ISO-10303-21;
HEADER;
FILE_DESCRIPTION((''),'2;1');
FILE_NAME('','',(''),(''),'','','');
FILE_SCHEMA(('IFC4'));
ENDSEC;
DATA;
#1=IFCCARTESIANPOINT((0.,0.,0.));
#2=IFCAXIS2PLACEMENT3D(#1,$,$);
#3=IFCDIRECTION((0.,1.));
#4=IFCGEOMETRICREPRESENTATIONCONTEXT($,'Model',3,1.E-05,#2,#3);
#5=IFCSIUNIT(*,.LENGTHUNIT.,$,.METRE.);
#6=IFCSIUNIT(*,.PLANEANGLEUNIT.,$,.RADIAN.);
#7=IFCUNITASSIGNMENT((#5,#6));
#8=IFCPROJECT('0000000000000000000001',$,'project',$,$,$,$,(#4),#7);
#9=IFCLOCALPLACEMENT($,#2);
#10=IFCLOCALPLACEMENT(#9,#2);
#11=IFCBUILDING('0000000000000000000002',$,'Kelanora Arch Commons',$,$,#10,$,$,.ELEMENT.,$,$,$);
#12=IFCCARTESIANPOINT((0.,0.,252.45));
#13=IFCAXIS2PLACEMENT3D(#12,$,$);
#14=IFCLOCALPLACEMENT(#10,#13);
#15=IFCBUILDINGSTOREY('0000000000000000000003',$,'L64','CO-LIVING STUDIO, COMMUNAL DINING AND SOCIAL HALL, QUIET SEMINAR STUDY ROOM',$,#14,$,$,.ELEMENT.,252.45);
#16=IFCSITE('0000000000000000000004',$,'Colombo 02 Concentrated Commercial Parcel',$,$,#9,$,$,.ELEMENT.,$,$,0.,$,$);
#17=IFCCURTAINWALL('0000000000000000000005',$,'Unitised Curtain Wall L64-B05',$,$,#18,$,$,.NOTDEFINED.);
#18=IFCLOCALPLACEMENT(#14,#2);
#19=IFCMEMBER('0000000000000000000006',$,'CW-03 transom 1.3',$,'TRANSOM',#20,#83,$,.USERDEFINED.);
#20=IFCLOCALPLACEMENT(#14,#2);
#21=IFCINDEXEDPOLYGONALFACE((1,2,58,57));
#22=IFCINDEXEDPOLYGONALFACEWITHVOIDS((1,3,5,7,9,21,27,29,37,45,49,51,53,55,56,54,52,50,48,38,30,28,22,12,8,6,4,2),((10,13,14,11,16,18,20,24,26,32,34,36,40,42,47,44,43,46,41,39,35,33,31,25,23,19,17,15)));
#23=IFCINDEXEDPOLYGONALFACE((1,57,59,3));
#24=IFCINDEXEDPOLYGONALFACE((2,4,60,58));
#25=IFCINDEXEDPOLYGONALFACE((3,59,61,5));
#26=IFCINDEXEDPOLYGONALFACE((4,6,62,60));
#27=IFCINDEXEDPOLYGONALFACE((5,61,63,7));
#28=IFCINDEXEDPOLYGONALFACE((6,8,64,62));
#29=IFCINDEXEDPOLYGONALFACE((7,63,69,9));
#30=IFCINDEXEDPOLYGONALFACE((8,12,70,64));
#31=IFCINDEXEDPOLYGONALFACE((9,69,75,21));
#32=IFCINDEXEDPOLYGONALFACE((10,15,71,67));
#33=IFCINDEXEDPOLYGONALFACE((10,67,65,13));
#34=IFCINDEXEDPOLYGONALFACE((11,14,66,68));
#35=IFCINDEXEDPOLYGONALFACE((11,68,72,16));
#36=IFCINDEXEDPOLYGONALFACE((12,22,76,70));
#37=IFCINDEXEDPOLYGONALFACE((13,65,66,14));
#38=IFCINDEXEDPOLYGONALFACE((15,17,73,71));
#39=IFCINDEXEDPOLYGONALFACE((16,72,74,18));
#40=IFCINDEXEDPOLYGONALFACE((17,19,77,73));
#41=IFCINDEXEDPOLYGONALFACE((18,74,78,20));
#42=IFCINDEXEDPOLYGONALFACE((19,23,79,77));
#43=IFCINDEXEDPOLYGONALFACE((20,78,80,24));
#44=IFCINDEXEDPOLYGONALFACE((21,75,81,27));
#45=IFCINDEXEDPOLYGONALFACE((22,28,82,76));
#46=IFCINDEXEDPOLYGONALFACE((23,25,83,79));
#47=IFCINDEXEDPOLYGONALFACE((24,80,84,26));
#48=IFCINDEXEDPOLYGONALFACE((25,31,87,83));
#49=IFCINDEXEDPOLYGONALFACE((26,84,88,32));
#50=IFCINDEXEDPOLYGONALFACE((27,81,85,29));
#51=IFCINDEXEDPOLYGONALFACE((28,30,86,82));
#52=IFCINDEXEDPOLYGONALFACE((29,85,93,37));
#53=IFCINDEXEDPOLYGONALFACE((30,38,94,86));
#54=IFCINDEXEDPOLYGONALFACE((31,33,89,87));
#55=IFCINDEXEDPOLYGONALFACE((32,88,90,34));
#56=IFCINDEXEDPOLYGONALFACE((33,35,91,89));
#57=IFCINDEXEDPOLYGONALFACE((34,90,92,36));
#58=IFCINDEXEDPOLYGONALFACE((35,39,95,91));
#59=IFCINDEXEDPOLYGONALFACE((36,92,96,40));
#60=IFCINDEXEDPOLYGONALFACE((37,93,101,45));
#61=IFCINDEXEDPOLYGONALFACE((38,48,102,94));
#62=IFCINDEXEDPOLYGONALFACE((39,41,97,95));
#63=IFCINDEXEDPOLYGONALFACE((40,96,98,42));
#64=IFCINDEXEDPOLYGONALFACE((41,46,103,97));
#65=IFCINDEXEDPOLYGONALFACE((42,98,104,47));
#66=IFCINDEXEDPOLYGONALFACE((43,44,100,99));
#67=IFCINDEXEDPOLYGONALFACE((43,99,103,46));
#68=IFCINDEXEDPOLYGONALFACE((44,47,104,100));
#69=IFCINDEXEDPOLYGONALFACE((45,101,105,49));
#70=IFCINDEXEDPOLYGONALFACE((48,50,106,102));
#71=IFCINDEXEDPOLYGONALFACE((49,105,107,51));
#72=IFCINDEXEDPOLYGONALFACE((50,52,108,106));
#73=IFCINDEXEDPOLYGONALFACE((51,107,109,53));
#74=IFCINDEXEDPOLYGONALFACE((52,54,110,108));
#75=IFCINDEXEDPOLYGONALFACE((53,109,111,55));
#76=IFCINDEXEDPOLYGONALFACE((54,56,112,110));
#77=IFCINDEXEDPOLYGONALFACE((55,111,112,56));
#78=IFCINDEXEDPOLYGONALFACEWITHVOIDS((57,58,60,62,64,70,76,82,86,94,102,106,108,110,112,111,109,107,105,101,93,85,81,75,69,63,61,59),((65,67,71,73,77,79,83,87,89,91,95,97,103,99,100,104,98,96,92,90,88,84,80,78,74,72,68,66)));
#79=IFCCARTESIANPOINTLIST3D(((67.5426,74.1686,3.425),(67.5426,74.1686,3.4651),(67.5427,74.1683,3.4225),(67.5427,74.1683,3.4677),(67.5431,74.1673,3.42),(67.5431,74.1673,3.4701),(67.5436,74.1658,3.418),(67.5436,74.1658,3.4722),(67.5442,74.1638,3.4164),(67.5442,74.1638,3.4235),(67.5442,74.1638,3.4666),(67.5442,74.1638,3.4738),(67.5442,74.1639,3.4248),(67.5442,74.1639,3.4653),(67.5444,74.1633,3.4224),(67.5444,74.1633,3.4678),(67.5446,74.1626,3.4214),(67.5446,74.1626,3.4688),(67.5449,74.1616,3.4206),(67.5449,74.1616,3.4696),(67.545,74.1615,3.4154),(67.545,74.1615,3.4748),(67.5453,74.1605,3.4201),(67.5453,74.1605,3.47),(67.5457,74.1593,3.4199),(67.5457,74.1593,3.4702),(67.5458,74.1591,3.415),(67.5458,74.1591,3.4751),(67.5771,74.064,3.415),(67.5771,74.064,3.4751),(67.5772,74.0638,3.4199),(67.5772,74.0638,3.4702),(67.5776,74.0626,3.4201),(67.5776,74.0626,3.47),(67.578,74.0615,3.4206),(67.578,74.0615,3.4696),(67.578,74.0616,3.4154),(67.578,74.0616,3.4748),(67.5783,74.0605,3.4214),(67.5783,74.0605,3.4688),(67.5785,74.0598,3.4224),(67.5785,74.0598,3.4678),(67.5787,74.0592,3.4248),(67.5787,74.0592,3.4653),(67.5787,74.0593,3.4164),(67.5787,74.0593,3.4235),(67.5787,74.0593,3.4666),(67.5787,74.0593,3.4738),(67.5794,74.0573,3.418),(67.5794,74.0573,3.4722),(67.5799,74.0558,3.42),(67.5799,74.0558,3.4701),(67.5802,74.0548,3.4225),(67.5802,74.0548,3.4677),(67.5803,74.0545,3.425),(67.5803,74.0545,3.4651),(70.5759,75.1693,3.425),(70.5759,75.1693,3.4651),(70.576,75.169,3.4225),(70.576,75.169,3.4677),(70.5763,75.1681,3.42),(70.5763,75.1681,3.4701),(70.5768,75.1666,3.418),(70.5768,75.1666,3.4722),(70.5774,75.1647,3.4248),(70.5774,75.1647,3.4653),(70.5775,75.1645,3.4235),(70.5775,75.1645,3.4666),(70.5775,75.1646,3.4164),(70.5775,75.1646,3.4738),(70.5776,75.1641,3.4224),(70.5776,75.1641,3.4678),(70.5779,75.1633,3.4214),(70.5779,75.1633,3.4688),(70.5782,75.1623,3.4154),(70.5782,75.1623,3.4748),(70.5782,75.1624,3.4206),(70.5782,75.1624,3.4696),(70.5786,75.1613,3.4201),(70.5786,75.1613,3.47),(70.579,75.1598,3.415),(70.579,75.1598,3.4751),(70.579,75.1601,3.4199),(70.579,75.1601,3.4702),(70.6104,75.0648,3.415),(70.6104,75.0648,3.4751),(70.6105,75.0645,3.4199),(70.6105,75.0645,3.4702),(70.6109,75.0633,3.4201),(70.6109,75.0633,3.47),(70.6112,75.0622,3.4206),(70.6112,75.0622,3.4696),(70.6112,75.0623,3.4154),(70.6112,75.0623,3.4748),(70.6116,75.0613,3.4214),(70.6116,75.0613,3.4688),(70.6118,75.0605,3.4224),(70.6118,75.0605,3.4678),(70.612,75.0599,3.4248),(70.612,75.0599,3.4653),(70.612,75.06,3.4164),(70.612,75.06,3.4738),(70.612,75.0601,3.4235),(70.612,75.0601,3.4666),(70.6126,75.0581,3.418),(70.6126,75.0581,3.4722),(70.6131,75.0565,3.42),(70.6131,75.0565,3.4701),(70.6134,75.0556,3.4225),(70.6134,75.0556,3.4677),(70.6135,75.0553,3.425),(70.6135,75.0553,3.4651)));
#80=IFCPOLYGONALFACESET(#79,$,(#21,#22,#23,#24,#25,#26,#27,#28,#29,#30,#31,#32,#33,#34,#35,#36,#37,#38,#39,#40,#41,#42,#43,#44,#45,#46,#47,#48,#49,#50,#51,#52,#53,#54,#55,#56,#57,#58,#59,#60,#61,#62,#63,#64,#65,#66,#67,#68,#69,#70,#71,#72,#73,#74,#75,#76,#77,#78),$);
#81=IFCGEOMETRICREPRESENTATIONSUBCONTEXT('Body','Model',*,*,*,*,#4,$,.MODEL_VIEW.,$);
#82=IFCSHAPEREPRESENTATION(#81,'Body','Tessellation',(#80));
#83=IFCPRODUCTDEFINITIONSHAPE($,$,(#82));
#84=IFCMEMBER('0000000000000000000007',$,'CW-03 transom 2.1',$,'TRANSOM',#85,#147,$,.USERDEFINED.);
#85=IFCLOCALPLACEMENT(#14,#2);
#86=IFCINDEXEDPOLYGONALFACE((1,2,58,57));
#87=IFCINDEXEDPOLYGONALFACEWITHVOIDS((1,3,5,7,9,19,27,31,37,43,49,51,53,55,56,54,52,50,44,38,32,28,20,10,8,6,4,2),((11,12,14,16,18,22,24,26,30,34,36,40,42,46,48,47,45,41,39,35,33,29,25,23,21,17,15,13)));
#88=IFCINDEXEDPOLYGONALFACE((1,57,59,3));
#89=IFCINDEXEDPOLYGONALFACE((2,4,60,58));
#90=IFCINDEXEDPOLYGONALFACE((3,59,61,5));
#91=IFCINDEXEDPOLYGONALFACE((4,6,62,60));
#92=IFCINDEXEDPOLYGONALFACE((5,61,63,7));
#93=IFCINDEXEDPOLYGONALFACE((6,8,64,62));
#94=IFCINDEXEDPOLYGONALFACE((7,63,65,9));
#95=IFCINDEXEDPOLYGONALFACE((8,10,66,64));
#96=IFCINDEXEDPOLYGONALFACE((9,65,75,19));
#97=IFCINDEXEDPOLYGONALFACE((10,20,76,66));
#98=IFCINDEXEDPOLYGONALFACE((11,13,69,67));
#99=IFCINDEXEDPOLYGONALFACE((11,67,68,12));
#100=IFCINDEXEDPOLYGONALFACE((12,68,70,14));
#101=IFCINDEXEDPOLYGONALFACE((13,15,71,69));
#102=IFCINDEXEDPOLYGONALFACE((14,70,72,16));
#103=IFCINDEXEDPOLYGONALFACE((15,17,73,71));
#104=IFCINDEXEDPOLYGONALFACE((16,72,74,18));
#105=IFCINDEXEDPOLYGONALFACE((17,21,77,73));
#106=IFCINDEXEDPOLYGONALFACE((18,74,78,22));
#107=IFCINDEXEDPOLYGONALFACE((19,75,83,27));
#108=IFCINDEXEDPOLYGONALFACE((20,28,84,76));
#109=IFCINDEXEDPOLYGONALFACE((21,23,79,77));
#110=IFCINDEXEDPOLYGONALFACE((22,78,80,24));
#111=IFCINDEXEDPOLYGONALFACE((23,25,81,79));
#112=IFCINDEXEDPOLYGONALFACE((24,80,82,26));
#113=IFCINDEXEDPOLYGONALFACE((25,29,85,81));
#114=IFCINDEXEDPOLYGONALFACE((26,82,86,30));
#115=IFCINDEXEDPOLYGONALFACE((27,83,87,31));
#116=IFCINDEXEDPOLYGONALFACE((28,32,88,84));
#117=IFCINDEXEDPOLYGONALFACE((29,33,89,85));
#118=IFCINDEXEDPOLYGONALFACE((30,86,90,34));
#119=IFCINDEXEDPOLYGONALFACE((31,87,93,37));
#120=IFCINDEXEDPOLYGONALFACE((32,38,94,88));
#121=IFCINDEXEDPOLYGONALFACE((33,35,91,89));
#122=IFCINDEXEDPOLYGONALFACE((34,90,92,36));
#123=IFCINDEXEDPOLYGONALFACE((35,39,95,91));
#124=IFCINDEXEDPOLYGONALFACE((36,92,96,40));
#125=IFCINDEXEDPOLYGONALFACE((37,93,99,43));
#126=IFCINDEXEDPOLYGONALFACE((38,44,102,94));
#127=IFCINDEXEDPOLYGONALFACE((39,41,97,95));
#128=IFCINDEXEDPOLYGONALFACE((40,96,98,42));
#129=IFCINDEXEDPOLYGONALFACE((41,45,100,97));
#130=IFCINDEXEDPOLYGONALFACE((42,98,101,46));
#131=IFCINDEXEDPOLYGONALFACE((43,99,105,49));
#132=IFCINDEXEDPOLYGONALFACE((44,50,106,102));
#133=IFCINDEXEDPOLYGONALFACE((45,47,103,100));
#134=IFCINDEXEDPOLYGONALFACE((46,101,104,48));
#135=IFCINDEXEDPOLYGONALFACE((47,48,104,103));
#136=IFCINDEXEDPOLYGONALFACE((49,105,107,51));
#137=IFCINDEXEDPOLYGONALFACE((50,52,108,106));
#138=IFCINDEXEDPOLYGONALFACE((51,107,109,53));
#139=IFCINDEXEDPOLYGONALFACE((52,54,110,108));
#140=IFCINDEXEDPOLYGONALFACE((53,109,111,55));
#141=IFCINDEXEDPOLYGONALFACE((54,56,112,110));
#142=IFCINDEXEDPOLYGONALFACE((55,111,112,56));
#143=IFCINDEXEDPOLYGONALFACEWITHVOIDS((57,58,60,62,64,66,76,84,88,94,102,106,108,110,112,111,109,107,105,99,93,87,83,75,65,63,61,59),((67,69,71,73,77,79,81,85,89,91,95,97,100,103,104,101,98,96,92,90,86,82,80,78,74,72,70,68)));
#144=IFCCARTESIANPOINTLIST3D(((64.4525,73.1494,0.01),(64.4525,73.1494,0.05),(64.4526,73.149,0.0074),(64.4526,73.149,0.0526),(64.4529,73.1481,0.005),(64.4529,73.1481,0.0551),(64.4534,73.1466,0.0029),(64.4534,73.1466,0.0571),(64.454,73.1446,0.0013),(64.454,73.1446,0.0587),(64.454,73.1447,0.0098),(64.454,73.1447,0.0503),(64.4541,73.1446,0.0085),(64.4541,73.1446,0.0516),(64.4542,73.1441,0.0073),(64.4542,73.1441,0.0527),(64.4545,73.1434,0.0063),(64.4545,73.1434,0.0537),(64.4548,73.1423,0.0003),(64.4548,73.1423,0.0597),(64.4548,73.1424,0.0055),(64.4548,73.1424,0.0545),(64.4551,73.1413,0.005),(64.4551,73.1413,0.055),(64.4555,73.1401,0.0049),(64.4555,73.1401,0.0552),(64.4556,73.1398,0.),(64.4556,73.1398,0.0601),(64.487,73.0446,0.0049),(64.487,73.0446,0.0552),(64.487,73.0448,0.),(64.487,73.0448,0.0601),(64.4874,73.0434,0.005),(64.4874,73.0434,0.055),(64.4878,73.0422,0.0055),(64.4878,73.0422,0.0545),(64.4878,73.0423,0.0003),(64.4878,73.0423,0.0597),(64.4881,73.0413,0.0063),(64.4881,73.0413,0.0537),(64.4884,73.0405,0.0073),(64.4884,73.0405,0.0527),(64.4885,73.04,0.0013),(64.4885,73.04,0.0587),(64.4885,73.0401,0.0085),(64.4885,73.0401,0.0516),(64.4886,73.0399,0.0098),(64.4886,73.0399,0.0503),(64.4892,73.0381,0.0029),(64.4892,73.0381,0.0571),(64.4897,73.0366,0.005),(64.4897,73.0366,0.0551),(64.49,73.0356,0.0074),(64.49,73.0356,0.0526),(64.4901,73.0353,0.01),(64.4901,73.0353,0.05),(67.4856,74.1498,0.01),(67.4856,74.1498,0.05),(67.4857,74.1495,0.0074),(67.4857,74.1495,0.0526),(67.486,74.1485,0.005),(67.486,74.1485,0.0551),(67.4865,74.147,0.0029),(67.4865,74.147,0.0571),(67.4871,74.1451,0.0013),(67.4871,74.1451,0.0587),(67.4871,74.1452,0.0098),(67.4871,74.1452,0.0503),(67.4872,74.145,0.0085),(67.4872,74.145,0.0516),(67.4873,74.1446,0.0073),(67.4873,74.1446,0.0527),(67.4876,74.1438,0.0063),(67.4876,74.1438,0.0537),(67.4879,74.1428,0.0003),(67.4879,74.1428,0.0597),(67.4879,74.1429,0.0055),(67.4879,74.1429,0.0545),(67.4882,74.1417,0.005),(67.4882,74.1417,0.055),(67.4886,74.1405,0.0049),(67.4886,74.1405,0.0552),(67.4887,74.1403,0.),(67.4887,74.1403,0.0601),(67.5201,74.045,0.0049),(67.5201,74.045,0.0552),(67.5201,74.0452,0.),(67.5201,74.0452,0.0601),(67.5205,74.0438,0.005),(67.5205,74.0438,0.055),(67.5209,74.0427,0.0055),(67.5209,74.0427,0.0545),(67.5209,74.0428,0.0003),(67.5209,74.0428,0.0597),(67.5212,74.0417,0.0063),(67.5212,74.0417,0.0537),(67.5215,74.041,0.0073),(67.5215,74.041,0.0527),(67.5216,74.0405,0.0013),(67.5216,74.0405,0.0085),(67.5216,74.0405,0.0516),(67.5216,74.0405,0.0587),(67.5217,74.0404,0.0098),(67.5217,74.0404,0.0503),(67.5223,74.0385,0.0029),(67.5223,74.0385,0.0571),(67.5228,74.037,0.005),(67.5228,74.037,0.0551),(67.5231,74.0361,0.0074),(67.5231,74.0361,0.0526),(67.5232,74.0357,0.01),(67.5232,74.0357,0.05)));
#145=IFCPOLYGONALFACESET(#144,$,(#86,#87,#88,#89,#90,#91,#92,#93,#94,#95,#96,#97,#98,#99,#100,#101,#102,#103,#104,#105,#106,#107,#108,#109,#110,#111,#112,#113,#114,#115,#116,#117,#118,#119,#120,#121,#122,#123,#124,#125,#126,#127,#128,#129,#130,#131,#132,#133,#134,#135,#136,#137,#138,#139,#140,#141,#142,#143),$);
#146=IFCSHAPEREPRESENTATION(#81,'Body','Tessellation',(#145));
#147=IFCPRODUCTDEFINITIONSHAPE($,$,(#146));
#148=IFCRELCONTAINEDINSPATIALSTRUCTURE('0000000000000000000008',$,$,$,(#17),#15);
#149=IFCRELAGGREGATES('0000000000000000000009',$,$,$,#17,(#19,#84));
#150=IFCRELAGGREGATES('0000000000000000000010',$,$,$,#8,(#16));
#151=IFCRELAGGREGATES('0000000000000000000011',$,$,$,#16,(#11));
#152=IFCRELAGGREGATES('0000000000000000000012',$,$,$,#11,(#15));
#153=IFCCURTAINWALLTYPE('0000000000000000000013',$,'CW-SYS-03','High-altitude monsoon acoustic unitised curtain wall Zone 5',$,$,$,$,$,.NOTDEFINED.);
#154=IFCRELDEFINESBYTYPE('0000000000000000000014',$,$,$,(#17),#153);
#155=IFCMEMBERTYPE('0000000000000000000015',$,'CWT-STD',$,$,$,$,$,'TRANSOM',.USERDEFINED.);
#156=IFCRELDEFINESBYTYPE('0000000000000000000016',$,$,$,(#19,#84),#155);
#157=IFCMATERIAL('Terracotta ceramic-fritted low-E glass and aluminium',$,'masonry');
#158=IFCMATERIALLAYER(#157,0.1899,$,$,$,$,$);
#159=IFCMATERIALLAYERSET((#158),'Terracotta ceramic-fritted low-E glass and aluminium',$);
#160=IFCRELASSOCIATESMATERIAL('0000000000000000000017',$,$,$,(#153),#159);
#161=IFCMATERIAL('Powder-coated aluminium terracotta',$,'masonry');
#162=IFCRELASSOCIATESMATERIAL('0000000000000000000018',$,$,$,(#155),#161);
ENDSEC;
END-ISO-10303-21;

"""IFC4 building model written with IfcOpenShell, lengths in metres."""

from ifc_helpers import new_model, si_unit, direction, frame, origin, origin_2d, place, context, subcontext, project, spatial, hollow_rectangle, extrude, material, layer, layer_set, material_profile, profile_set, type_object, element, aggregate, save


model = new_model("IFC4")

# Units and contexts
model_context = context("Model", 3, precision=1e-05, world=origin(), true_north=direction((0.0, 1.0)))
body_context = subcontext(model_context, "Body", "Model", "MODEL_VIEW")
ifc_project = project(units=[si_unit("LENGTHUNIT", "METRE"), si_unit("PLANEANGLEUNIT", "RADIAN")], contexts=[model_context])

# Site, building, storey
site_placement = place(None, origin())
site = spatial("IfcSite", under=ifc_project, at=site_placement, Name="Colombo 02 Concentrated Commercial Parcel", CompositionType="ELEMENT", RefElevation=0.0)
building_placement = place(site_placement, origin())
building = spatial("IfcBuilding", under=site, at=building_placement, Name="Kelanora Arch Commons", CompositionType="ELEMENT")
storey_placement = place(building_placement, frame((0.0, 0.0, 252.45)))
storey = spatial("IfcBuildingStorey", under=building, at=storey_placement, Name="L64", Description="CO-LIVING STUDIO, COMMUNAL DINING AND SOCIAL HALL, QUIET SEMINAR STUDY ROOM", CompositionType="ELEMENT", Elevation=252.45)

# Curtain wall, members
ifc_material_1 = material(Name="Terracotta ceramic-fritted low-E glass and aluminium", Category="masonry")
ifc_layer_1 = layer(ifc_material_1, 0.1899)
ifc_layer_set_1 = layer_set([ifc_layer_1], Name="Terracotta ceramic-fritted low-E glass and aluminium")
curtain_wall_type = type_object("IfcCurtainWallType", Name="CW-SYS-03", Description="High-altitude monsoon acoustic unitised curtain wall Zone 5", PredefinedType="NOTDEFINED", material=ifc_layer_set_1)
curtain_wall_placement = place(storey_placement, origin())
curtain_wall = element("IfcCurtainWall", 1, at=curtain_wall_placement, inside=storey, type_object=curtain_wall_type, Name="Unitised Curtain Wall L64-B05", PredefinedType="NOTDEFINED")
ifc_material_2 = material(Name="Powder-coated aluminium terracotta", Category="masonry")
ifc_material_profile_1 = material_profile(ifc_material_2, hollow_rectangle(XDim=0.1201, YDim=0.0601, WallThickness=0.0049, InnerFilletRadius=0.0049, OuterFilletRadius=0.01, at=origin_2d()), Name="CWT120x60")
ifc_profile_set_1 = profile_set([ifc_material_profile_1], Name="Powder-coated aluminium terracotta")
member_type_1 = type_object("IfcMemberType", Name="CWT-STD", ElementType="TRANSOM", PredefinedType="USERDEFINED", material=ifc_profile_set_1)
member_1_placement = place(storey_placement, frame((70.5947, 75.1123, 3.4451), z_axis=(-0.94965, -0.313314, 0.0), x_axis=(0.313314, -0.94965, 0.0)))
member_1 = element("IfcMember", 2, at=member_1_placement, type_object=member_type_1, Name="CW-03 transom 1.3", ObjectType="TRANSOM", PredefinedType="USERDEFINED", context=body_context, shape_type="SweptSolid", body=[
    extrude(hollow_rectangle(XDim=0.1201, YDim=0.0601, WallThickness=0.0049, InnerFilletRadius=0.0049, OuterFilletRadius=0.01, at=origin_2d()), origin(), (0.0, 0.0, 1.0), 3.1941),
])
member_2_placement = place(storey_placement, frame((67.5044, 74.0928, 0.03), z_axis=(-0.949672, -0.313245, 0.0), x_axis=(0.313245, -0.949672, 0.0)))
member_2 = element("IfcMember", 3, at=member_2_placement, type_object=member_type_1, Name="CW-03 transom 2.1", ObjectType="TRANSOM", PredefinedType="USERDEFINED", context=body_context, shape_type="SweptSolid", body=[
    extrude(hollow_rectangle(XDim=0.1201, YDim=0.0601, WallThickness=0.0049, InnerFilletRadius=0.0049, OuterFilletRadius=0.01, at=origin_2d()), origin(), (0.0, 0.0, 1.0), 3.1938),
])
aggregate(curtain_wall, [member_1, member_2])

save(model, "model.ifc")
